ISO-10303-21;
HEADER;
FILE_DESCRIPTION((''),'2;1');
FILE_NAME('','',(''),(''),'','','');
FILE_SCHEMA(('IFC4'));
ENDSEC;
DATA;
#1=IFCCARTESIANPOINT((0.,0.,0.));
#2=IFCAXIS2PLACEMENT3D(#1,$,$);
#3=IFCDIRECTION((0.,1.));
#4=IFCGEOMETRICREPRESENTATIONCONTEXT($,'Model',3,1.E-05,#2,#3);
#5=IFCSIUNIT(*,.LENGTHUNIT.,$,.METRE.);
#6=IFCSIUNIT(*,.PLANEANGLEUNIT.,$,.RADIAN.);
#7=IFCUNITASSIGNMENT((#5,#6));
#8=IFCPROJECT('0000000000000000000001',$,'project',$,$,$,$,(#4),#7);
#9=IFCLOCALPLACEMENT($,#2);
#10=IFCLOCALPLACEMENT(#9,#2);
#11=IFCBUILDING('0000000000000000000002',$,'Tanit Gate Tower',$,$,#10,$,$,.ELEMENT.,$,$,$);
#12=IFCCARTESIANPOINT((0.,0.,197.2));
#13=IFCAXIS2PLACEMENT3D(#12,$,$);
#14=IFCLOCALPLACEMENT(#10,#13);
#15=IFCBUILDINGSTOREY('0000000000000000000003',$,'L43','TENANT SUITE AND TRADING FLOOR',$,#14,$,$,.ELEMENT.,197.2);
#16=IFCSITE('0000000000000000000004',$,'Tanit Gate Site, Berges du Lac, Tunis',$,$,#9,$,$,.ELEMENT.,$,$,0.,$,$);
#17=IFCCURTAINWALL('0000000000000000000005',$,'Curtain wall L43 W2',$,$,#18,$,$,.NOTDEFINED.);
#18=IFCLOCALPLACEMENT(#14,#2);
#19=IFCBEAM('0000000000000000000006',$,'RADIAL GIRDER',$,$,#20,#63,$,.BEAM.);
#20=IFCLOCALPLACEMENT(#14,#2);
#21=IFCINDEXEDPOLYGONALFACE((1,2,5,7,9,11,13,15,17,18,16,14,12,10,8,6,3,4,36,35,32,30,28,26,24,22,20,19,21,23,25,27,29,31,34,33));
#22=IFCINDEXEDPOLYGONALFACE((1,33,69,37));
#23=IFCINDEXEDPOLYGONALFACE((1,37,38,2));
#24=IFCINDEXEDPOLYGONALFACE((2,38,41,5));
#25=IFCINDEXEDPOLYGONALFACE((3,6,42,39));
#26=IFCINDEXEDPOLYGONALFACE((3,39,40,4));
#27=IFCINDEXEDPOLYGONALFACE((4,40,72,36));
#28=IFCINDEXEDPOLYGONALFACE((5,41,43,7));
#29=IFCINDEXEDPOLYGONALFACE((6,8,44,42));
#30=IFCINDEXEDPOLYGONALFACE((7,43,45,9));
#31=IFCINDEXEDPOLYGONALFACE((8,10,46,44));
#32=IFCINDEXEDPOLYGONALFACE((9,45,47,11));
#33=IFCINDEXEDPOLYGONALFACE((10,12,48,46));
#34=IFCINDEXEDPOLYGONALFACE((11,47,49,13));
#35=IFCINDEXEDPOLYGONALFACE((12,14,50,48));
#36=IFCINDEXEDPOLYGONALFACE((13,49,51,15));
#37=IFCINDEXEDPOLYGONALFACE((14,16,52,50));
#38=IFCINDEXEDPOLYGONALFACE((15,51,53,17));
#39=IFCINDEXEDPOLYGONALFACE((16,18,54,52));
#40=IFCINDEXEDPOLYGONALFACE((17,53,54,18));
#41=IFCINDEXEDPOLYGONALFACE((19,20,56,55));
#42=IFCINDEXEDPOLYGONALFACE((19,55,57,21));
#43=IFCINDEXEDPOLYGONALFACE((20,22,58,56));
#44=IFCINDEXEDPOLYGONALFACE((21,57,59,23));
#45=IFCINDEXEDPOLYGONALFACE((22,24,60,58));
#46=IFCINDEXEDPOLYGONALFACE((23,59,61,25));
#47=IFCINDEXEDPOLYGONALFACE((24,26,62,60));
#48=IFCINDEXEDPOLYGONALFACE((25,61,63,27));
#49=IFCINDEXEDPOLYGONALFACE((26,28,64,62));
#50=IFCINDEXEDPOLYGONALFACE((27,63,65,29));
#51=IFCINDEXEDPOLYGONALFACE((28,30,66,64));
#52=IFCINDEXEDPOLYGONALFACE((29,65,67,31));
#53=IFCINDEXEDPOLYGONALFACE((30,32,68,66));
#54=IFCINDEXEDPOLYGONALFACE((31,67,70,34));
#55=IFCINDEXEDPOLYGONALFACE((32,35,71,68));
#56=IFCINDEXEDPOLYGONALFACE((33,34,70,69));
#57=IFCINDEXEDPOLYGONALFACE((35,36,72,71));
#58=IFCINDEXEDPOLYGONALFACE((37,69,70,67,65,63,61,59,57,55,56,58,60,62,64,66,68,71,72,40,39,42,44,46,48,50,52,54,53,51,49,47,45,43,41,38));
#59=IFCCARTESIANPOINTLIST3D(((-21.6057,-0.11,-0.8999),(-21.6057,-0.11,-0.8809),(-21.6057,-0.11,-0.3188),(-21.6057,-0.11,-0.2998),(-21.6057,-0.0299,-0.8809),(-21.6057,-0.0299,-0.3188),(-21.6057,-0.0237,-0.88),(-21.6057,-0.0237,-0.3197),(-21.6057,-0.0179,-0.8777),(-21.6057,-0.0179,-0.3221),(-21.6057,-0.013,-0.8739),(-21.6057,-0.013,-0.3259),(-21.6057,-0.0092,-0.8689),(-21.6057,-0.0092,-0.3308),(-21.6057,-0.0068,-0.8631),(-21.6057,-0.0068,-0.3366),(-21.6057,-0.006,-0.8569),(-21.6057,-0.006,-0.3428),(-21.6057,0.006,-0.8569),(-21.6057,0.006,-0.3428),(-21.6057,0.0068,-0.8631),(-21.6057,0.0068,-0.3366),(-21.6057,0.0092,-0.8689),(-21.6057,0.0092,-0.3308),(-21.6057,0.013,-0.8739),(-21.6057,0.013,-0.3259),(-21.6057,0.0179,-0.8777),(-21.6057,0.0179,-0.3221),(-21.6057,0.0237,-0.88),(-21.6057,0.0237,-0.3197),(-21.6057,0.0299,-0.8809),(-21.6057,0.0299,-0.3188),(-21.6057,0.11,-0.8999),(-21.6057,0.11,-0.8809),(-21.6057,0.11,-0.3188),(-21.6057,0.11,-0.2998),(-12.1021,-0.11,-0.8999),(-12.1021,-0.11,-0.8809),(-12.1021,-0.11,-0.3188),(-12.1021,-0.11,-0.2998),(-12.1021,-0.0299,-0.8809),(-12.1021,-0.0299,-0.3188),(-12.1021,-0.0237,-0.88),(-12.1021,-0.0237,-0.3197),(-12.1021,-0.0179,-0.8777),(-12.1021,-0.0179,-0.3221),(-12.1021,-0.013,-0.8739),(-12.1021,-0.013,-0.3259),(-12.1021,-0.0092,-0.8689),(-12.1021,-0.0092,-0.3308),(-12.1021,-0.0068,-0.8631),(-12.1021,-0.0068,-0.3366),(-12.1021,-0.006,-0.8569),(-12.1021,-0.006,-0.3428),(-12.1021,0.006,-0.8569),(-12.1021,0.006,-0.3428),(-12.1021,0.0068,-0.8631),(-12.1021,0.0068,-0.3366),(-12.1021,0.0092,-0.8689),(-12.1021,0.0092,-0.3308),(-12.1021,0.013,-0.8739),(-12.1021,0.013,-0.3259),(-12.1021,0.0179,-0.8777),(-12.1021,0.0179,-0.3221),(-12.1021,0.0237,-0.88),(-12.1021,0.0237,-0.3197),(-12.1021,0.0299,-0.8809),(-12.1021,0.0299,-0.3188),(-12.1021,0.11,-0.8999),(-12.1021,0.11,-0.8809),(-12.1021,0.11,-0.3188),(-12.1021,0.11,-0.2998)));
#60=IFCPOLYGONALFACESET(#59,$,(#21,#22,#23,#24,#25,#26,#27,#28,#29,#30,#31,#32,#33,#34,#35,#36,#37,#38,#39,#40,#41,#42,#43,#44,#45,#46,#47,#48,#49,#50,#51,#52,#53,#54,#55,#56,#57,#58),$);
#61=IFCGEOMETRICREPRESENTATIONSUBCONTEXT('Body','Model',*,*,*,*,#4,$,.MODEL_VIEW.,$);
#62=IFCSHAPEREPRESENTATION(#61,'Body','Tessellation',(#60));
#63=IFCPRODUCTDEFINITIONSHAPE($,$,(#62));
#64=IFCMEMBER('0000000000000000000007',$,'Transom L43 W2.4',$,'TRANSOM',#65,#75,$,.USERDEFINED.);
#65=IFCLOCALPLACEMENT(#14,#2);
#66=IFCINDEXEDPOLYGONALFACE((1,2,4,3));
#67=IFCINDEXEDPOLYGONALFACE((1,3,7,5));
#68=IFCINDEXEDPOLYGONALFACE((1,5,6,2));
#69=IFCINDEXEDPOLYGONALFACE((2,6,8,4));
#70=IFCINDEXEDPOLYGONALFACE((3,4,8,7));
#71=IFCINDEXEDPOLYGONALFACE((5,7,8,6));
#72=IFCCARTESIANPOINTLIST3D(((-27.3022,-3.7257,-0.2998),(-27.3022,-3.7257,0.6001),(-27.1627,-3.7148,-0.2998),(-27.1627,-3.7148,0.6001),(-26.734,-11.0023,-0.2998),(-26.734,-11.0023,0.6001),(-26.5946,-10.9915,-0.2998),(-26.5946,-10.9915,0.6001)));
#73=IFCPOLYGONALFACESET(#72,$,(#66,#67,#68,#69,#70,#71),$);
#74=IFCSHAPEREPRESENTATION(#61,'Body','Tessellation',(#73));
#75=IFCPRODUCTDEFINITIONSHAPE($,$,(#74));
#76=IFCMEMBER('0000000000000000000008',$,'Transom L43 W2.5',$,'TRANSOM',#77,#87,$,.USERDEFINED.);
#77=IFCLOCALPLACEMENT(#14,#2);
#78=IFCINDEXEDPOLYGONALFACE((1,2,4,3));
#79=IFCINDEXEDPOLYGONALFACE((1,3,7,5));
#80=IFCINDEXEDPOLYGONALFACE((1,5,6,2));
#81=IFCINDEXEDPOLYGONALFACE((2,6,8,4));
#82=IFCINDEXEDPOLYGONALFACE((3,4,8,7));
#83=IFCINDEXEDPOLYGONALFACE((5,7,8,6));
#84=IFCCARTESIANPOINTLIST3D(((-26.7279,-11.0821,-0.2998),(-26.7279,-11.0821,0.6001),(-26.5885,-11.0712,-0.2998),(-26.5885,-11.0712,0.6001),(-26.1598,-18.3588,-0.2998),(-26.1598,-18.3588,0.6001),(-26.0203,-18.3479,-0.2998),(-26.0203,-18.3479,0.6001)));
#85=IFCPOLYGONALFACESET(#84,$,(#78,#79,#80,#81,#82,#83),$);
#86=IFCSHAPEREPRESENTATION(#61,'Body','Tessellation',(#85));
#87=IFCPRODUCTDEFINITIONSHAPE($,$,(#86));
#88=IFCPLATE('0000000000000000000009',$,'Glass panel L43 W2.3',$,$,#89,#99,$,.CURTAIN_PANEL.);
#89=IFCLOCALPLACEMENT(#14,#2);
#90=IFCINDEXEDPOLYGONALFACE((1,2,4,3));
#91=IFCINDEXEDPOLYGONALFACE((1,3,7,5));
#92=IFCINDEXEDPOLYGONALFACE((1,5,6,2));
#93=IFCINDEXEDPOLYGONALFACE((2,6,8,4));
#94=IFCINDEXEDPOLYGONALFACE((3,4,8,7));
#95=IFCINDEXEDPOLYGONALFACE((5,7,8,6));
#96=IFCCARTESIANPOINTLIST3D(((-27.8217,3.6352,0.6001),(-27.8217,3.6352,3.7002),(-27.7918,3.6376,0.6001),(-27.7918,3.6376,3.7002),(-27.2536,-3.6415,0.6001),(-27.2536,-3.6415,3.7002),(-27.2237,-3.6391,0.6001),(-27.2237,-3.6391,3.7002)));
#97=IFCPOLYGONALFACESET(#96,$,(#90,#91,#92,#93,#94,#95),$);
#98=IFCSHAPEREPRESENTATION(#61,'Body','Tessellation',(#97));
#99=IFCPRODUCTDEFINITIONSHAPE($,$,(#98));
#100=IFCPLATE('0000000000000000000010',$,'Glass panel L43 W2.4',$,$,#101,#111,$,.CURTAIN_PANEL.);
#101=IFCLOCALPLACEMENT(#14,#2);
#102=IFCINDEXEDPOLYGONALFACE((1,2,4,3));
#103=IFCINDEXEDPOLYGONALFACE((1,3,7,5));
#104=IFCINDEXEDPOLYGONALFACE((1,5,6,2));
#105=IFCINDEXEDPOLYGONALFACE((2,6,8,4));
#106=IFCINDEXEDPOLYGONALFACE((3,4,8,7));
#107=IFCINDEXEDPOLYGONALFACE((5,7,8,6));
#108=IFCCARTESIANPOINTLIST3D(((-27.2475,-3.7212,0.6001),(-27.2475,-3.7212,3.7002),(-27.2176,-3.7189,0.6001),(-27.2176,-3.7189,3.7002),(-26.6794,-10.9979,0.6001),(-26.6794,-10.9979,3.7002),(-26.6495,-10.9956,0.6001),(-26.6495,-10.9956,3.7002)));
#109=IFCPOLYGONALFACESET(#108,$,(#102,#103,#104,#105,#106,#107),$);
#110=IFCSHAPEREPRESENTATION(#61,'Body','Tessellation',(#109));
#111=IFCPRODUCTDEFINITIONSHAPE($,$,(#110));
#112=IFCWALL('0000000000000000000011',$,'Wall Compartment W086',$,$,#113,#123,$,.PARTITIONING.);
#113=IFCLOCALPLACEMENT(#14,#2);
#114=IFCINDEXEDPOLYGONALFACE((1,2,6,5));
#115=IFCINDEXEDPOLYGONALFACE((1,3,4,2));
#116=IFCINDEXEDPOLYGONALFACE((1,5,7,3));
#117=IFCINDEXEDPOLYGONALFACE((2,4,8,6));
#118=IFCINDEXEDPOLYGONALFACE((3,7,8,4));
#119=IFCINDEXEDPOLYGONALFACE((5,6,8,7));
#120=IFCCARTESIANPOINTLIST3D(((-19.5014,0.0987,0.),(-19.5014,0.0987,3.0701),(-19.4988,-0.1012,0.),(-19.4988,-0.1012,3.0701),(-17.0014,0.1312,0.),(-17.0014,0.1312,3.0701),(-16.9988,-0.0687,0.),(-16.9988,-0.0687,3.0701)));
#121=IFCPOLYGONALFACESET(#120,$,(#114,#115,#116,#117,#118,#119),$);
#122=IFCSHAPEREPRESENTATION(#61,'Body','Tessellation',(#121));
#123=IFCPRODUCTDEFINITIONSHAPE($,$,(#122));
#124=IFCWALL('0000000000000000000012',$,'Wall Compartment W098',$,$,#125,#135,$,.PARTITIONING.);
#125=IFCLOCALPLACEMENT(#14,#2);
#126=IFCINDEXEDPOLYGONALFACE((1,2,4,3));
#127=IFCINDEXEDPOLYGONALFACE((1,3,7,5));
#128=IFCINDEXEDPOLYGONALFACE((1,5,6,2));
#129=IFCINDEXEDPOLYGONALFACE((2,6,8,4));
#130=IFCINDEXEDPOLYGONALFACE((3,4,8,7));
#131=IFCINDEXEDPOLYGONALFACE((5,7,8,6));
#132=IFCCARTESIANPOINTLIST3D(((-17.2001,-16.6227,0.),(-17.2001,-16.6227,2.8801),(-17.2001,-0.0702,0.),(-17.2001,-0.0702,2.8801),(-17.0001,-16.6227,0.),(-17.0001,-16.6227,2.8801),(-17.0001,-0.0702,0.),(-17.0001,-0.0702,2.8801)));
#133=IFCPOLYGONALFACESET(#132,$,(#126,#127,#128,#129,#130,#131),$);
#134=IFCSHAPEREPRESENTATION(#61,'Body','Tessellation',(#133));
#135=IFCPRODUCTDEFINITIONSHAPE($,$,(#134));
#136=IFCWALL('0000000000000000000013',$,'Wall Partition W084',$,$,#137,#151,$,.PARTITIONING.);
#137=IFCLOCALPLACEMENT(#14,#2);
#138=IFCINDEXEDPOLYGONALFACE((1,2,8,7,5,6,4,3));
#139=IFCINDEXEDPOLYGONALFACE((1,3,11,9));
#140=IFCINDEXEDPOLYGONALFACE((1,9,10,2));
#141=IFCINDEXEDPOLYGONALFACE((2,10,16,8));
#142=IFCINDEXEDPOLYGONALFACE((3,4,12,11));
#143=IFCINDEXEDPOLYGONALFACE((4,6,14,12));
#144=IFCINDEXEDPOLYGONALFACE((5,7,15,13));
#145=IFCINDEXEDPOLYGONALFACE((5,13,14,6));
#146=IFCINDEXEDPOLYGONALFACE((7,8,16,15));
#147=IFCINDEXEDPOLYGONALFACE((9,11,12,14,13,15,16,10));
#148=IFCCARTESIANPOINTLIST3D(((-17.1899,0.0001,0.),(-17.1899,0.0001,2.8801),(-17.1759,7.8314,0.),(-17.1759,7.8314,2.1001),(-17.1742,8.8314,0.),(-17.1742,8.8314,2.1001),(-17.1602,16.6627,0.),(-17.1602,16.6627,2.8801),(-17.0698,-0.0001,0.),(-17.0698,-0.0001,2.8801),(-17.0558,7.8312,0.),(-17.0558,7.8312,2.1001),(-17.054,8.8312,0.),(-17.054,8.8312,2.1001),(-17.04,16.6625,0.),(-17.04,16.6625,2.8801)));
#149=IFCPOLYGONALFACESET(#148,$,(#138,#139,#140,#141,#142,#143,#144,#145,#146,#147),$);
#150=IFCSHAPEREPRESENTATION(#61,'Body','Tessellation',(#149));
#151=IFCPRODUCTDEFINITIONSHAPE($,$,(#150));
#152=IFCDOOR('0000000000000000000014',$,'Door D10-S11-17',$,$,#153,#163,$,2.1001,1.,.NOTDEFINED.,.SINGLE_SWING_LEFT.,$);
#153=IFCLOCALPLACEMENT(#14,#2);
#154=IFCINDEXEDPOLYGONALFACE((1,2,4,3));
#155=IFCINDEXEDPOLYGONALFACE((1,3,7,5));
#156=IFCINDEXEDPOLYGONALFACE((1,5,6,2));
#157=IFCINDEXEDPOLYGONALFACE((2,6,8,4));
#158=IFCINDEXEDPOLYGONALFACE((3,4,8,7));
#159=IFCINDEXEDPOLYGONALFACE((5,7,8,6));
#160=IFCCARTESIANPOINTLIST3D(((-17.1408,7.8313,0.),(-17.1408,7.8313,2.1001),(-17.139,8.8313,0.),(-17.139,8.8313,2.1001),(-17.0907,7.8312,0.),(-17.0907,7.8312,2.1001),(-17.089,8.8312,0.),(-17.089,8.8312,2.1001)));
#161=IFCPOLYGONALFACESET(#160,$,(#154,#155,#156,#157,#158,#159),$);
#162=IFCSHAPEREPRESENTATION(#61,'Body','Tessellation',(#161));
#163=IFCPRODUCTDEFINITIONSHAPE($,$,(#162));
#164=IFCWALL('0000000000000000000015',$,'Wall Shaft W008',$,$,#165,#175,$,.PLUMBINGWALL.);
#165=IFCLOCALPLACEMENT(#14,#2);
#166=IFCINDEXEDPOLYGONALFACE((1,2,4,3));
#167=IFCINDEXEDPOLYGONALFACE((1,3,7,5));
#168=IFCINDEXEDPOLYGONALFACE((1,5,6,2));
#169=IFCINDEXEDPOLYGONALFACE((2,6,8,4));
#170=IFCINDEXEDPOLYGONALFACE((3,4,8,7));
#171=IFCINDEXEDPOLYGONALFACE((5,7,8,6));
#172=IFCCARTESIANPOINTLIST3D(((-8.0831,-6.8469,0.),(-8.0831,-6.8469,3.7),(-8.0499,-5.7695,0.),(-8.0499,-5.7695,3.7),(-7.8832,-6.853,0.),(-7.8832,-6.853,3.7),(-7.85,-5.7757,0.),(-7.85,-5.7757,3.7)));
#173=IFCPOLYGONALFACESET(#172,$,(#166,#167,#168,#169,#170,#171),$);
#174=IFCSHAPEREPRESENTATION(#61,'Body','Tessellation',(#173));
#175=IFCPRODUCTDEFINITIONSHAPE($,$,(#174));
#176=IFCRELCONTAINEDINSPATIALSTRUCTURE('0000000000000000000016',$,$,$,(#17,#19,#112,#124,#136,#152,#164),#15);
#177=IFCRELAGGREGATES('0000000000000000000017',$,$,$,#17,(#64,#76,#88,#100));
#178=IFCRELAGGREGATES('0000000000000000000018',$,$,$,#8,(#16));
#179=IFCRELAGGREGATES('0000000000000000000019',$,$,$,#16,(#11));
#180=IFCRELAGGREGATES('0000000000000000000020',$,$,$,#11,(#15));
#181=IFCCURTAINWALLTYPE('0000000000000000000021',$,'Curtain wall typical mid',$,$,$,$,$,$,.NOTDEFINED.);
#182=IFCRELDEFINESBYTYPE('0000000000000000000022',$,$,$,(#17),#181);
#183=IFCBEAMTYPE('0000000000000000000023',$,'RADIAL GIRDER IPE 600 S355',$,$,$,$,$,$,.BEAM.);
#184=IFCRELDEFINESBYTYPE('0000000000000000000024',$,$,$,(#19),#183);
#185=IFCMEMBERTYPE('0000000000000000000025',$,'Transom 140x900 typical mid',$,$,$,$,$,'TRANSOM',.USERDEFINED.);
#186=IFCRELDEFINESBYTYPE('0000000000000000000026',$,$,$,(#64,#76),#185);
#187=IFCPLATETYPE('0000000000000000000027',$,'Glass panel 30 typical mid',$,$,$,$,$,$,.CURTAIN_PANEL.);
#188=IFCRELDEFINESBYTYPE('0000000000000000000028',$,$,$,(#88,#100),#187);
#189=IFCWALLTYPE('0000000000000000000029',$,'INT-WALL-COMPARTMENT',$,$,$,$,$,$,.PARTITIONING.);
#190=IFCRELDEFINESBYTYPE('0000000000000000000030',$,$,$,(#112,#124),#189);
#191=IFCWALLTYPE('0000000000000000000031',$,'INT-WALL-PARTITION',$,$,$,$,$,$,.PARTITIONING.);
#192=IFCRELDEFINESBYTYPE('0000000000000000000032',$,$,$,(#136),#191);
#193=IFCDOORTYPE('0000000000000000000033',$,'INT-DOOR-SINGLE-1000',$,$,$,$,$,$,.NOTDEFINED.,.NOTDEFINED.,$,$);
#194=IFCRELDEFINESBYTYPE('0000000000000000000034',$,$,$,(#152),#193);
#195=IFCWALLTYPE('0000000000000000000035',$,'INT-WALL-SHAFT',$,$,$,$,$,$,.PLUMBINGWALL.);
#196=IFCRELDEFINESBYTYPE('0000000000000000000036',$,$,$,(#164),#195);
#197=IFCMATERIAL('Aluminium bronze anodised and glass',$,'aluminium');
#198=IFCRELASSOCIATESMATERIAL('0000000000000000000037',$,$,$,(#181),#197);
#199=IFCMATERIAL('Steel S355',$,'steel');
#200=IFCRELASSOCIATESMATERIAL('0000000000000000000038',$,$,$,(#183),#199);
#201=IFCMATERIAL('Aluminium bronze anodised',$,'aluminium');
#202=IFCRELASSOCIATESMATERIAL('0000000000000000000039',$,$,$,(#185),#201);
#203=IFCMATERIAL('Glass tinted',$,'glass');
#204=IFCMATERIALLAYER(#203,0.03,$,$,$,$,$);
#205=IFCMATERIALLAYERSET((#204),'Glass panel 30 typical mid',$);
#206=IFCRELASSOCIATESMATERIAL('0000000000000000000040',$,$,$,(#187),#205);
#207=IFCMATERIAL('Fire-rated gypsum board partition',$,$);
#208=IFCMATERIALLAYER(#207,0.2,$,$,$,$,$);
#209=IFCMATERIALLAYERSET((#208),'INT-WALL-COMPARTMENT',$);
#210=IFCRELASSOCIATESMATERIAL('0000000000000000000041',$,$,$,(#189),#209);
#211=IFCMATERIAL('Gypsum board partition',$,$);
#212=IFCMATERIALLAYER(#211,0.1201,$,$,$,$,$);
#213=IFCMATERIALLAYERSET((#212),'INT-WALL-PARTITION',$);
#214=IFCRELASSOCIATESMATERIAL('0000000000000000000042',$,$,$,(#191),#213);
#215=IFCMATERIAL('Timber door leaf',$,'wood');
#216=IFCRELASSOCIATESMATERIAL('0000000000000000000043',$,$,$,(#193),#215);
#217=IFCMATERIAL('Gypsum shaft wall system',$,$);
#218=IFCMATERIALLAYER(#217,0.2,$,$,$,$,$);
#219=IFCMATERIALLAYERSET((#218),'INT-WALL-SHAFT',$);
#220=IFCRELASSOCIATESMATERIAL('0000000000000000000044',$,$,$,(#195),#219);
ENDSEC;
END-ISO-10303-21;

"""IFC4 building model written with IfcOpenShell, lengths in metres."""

from ifc_helpers import new_model, si_unit, direction, frame, frame_2d, origin, origin_2d, place, context, subcontext, project, spatial, rectangle, i_section, extrude, material, layer, layer_set, material_profile, profile_set, type_object, element, fill, aggregate, save


model = new_model("IFC4")

# Units and contexts
model_context = context("Model", 3, precision=1e-05, world=origin(), true_north=direction((0.0, 1.0)))
body_context = subcontext(model_context, "Body", "Model", "MODEL_VIEW")
ifc_project = project(units=[si_unit("LENGTHUNIT", "METRE"), si_unit("PLANEANGLEUNIT", "RADIAN")], contexts=[model_context])

# Site, building, storey
site_placement = place(None, origin())
site = spatial("IfcSite", under=ifc_project, at=site_placement, Name="Tanit Gate Site, Berges du Lac, Tunis", CompositionType="ELEMENT", RefElevation=0.0)
building_placement = place(site_placement, origin())
building = spatial("IfcBuilding", under=site, at=building_placement, Name="Tanit Gate Tower", CompositionType="ELEMENT")
storey_placement = place(building_placement, frame((0.0, 0.0, 197.2)))
storey = spatial("IfcBuildingStorey", under=building, at=storey_placement, Name="L43", Description="TENANT SUITE AND TRADING FLOOR", CompositionType="ELEMENT", Elevation=197.2)

# Curtain wall
ifc_material_1 = material(Name="Aluminium bronze anodised and glass", Category="aluminium")
curtain_wall_type = type_object("IfcCurtainWallType", Name="Curtain wall typical mid", PredefinedType="NOTDEFINED", material=ifc_material_1)
curtain_wall_placement = place(storey_placement, origin())
curtain_wall = element("IfcCurtainWall", 1, at=curtain_wall_placement, inside=storey, type_object=curtain_wall_type, Name="Curtain wall L43 W2", PredefinedType="NOTDEFINED")

# Beam
ifc_material_2 = material(Name="Steel S355", Category="steel")
ifc_material_profile_1 = material_profile(ifc_material_2, i_section(OverallWidth=0.22, OverallDepth=0.6001, WebThickness=0.012, FlangeThickness=0.019, FilletRadius=0.0239, at=origin_2d()), Name="IPE 600")
ifc_profile_set_1 = profile_set([ifc_material_profile_1], Name="Steel S355")
beam_type_1 = type_object("IfcBeamType", Name="RADIAL GIRDER IPE 600 S355", PredefinedType="BEAM", material=ifc_profile_set_1)
beam_1_placement = place(storey_placement, frame((-21.6057, 0.0, -0.5999), z_axis=(1.0, 0.0, 0.0), x_axis=(0.0, 1.0, 0.0)))
element("IfcBeam", 2, at=beam_1_placement, inside=storey, type_object=beam_type_1, Name="RADIAL GIRDER", PredefinedType="BEAM", context=body_context, shape_type="SweptSolid", body=[
    extrude(i_section(OverallWidth=0.22, OverallDepth=0.6001, WebThickness=0.012, FlangeThickness=0.019, FilletRadius=0.0239, at=origin_2d()), origin(), (0.0, 0.0, 1.0), 9.5037),
])

# Members
ifc_material_3 = material(Name="Aluminium bronze anodised", Category="aluminium")
ifc_material_profile_2 = material_profile(ifc_material_3, rectangle(XDim=0.1399, YDim=0.8999, at=origin_2d()), Name="140x900 bronze transom")
ifc_profile_set_2 = profile_set([ifc_material_profile_2], Name="Aluminium bronze anodised")
member_type_1 = type_object("IfcMemberType", Name="Transom 140x900 typical mid", ElementType="TRANSOM", PredefinedType="USERDEFINED", material=ifc_profile_set_2)
member_1_placement = place(storey_placement, frame((-27.2324, -3.7202, 0.1501), z_axis=(0.077837, -0.996966, 0.0), x_axis=(0.996966, 0.077837, 0.0)))
member_1 = element("IfcMember", 3, at=member_1_placement, type_object=member_type_1, Name="Transom L43 W2.4", ObjectType="TRANSOM", PredefinedType="USERDEFINED", context=body_context, shape_type="SweptSolid", body=[
    extrude(rectangle(XDim=0.1399, YDim=0.8999, at=origin_2d()), origin(), (0.0, 0.0, 1.0), 7.2988),
])
member_2_placement = place(storey_placement, frame((-26.6582, -11.0767, 0.1501), z_axis=(0.077837, -0.996966, 0.0), x_axis=(0.996966, 0.077837, 0.0)))
member_2 = element("IfcMember", 4, at=member_2_placement, type_object=member_type_1, Name="Transom L43 W2.5", ObjectType="TRANSOM", PredefinedType="USERDEFINED", context=body_context, shape_type="SweptSolid", body=[
    extrude(rectangle(XDim=0.1399, YDim=0.8999, at=origin_2d()), origin(), (0.0, 0.0, 1.0), 7.2988),
])

# Plates
ifc_material_4 = material(Name="Glass tinted", Category="glass")
ifc_layer_1 = layer(ifc_material_4, 0.03)
ifc_layer_set_1 = layer_set([ifc_layer_1], Name="Glass panel 30 typical mid")
plate_type = type_object("IfcPlateType", Name="Glass panel 30 typical mid", PredefinedType="CURTAIN_PANEL", material=ifc_layer_set_1)
plate_1_placement = place(storey_placement, frame((-27.5227, -0.002, 0.6001), z_axis=(0.0, 0.0, 1.0), x_axis=(0.077839, -0.996966, 0.0)))
plate_1 = element("IfcPlate", 5, at=plate_1_placement, type_object=plate_type, Name="Glass panel L43 W2.3", PredefinedType="CURTAIN_PANEL", context=body_context, shape_type="SweptSolid", body=[
    extrude(rectangle(XDim=7.2988, YDim=0.03, at=origin_2d()), origin(), (0.0, 0.0, 1.0), 3.1001),
])
plate_2_placement = place(storey_placement, frame((-26.9485, -7.3584, 0.6001), z_axis=(0.0, 0.0, 1.0), x_axis=(0.077839, -0.996966, 0.0)))
plate_2 = element("IfcPlate", 6, at=plate_2_placement, type_object=plate_type, Name="Glass panel L43 W2.4", PredefinedType="CURTAIN_PANEL", context=body_context, shape_type="SweptSolid", body=[
    extrude(rectangle(XDim=7.2988, YDim=0.03, at=origin_2d()), origin(), (0.0, 0.0, 1.0), 3.1001),
])
aggregate(curtain_wall, [member_1, member_2, plate_1, plate_2])

# Walls
ifc_material_5 = material(Name="Fire-rated gypsum board partition")
ifc_layer_2 = layer(ifc_material_5, 0.2)
ifc_layer_set_2 = layer_set([ifc_layer_2], Name="INT-WALL-COMPARTMENT")
wall_type_1 = type_object("IfcWallType", Name="INT-WALL-COMPARTMENT", PredefinedType="PARTITIONING", material=ifc_layer_set_2)
wall_1_placement = place(storey_placement, frame((-19.5, -0.0012, 0.0), z_axis=(0.0, 0.0, 1.0), x_axis=(0.999916, 0.012987, 0.0)))
element("IfcWall", 7, at=wall_1_placement, inside=storey, type_object=wall_type_1, Name="Wall Compartment W086", PredefinedType="PARTITIONING", context=body_context, shape_type="SweptSolid", body=[
    extrude(rectangle(XDim=2.5002, YDim=0.2, at=frame_2d((1.25, 0.0))), origin(), (0.0, 0.0, 1.0), 3.0701),
])
wall_2_placement = place(storey_placement, frame((-17.1001, -0.0701, 0.0), z_axis=(0.0, 0.0, 1.0), x_axis=(0.0, -1.0, 0.0)))
element("IfcWall", 8, at=wall_2_placement, inside=storey, type_object=wall_type_1, Name="Wall Compartment W098", PredefinedType="PARTITIONING", context=body_context, shape_type="SweptSolid", body=[
    extrude(rectangle(XDim=16.5525, YDim=0.2, at=frame_2d((8.2764, 0.0))), origin(), (0.0, 0.0, 1.0), 2.8801),
])

# Wall, opening, door
ifc_material_6 = material(Name="Gypsum board partition")
ifc_layer_3 = layer(ifc_material_6, 0.1201)
ifc_layer_set_3 = layer_set([ifc_layer_3], Name="INT-WALL-PARTITION")
wall_type_2 = type_object("IfcWallType", Name="INT-WALL-PARTITION", PredefinedType="PARTITIONING", material=ifc_layer_set_3)
wall_3_placement = place(storey_placement, frame((-17.1299, 0.0, 0.0), z_axis=(0.0, 0.0, 1.0), x_axis=(0.001788, 0.999998, 0.0)))
wall_3 = element("IfcWall", 9, at=wall_3_placement, inside=storey, type_object=wall_type_2, Name="Wall Partition W084", PredefinedType="PARTITIONING", context=body_context, shape_type="SweptSolid", body=[
    extrude(rectangle(XDim=16.6626, YDim=0.1201, at=frame_2d((8.3313, 0.0))), origin(), (0.0, 0.0, 1.0), 2.8801),
])
opening_placement = place(wall_3_placement, frame((7.8313, 0.0, 0.0)))
opening = element("IfcOpeningElement", 10, at=opening_placement, cuts=wall_3, PredefinedType="OPENING", context=body_context, shape_type="SweptSolid", body=[
    extrude(rectangle(XDim=1.0, YDim=2.1001, at=frame_2d((0.5, 1.05))), frame((0.0, 0.0701, 0.0), z_axis=(0.0, -1.0, 0.0), x_axis=(1.0, 0.0, 0.0)), (0.0, 0.0, 1.0), 0.1401),
])
ifc_material_7 = material(Name="Timber door leaf", Category="wood")
door_type = type_object("IfcDoorType", Name="INT-DOOR-SINGLE-1000", OperationType="NOTDEFINED", PredefinedType="NOTDEFINED", material=ifc_material_7)
door_placement = place(opening_placement, origin())
door = element("IfcDoor", 11, at=door_placement, inside=storey, type_object=door_type, Name="Door D10-S11-17", OperationType="SINGLE_SWING_LEFT", OverallHeight=2.1001, OverallWidth=1.0, PredefinedType="NOTDEFINED", context=body_context, shape_type="SweptSolid", body=[
    extrude(rectangle(XDim=1.0, YDim=2.1001, at=frame_2d((0.5, 1.05))), frame((0.0, 0.0249, 0.0), z_axis=(0.0, -1.0, 0.0), x_axis=(1.0, 0.0, 0.0)), (0.0, 0.0, 1.0), 0.05),
])
fill(opening, door)

# Wall
ifc_material_8 = material(Name="Gypsum shaft wall system")
ifc_layer_4 = layer(ifc_material_8, 0.2)
ifc_layer_set_4 = layer_set([ifc_layer_4], Name="INT-WALL-SHAFT")
wall_type_3 = type_object("IfcWallType", Name="INT-WALL-SHAFT", PredefinedType="PLUMBINGWALL", material=ifc_layer_set_4)
wall_4_placement = place(storey_placement, frame((-7.95, -5.7725, 0.0), z_axis=(0.0, 0.0, 1.0), x_axis=(-0.030803, -0.999525, 0.0)))
element("IfcWall", 12, at=wall_4_placement, inside=storey, type_object=wall_type_3, Name="Wall Shaft W008", PredefinedType="PLUMBINGWALL", context=body_context, shape_type="SweptSolid", body=[
    extrude(rectangle(XDim=1.0779, YDim=0.2, at=frame_2d((0.5391, 0.0))), origin(), (0.0, 0.0, 1.0), 3.7),
])

save(model, "model.ifc")
